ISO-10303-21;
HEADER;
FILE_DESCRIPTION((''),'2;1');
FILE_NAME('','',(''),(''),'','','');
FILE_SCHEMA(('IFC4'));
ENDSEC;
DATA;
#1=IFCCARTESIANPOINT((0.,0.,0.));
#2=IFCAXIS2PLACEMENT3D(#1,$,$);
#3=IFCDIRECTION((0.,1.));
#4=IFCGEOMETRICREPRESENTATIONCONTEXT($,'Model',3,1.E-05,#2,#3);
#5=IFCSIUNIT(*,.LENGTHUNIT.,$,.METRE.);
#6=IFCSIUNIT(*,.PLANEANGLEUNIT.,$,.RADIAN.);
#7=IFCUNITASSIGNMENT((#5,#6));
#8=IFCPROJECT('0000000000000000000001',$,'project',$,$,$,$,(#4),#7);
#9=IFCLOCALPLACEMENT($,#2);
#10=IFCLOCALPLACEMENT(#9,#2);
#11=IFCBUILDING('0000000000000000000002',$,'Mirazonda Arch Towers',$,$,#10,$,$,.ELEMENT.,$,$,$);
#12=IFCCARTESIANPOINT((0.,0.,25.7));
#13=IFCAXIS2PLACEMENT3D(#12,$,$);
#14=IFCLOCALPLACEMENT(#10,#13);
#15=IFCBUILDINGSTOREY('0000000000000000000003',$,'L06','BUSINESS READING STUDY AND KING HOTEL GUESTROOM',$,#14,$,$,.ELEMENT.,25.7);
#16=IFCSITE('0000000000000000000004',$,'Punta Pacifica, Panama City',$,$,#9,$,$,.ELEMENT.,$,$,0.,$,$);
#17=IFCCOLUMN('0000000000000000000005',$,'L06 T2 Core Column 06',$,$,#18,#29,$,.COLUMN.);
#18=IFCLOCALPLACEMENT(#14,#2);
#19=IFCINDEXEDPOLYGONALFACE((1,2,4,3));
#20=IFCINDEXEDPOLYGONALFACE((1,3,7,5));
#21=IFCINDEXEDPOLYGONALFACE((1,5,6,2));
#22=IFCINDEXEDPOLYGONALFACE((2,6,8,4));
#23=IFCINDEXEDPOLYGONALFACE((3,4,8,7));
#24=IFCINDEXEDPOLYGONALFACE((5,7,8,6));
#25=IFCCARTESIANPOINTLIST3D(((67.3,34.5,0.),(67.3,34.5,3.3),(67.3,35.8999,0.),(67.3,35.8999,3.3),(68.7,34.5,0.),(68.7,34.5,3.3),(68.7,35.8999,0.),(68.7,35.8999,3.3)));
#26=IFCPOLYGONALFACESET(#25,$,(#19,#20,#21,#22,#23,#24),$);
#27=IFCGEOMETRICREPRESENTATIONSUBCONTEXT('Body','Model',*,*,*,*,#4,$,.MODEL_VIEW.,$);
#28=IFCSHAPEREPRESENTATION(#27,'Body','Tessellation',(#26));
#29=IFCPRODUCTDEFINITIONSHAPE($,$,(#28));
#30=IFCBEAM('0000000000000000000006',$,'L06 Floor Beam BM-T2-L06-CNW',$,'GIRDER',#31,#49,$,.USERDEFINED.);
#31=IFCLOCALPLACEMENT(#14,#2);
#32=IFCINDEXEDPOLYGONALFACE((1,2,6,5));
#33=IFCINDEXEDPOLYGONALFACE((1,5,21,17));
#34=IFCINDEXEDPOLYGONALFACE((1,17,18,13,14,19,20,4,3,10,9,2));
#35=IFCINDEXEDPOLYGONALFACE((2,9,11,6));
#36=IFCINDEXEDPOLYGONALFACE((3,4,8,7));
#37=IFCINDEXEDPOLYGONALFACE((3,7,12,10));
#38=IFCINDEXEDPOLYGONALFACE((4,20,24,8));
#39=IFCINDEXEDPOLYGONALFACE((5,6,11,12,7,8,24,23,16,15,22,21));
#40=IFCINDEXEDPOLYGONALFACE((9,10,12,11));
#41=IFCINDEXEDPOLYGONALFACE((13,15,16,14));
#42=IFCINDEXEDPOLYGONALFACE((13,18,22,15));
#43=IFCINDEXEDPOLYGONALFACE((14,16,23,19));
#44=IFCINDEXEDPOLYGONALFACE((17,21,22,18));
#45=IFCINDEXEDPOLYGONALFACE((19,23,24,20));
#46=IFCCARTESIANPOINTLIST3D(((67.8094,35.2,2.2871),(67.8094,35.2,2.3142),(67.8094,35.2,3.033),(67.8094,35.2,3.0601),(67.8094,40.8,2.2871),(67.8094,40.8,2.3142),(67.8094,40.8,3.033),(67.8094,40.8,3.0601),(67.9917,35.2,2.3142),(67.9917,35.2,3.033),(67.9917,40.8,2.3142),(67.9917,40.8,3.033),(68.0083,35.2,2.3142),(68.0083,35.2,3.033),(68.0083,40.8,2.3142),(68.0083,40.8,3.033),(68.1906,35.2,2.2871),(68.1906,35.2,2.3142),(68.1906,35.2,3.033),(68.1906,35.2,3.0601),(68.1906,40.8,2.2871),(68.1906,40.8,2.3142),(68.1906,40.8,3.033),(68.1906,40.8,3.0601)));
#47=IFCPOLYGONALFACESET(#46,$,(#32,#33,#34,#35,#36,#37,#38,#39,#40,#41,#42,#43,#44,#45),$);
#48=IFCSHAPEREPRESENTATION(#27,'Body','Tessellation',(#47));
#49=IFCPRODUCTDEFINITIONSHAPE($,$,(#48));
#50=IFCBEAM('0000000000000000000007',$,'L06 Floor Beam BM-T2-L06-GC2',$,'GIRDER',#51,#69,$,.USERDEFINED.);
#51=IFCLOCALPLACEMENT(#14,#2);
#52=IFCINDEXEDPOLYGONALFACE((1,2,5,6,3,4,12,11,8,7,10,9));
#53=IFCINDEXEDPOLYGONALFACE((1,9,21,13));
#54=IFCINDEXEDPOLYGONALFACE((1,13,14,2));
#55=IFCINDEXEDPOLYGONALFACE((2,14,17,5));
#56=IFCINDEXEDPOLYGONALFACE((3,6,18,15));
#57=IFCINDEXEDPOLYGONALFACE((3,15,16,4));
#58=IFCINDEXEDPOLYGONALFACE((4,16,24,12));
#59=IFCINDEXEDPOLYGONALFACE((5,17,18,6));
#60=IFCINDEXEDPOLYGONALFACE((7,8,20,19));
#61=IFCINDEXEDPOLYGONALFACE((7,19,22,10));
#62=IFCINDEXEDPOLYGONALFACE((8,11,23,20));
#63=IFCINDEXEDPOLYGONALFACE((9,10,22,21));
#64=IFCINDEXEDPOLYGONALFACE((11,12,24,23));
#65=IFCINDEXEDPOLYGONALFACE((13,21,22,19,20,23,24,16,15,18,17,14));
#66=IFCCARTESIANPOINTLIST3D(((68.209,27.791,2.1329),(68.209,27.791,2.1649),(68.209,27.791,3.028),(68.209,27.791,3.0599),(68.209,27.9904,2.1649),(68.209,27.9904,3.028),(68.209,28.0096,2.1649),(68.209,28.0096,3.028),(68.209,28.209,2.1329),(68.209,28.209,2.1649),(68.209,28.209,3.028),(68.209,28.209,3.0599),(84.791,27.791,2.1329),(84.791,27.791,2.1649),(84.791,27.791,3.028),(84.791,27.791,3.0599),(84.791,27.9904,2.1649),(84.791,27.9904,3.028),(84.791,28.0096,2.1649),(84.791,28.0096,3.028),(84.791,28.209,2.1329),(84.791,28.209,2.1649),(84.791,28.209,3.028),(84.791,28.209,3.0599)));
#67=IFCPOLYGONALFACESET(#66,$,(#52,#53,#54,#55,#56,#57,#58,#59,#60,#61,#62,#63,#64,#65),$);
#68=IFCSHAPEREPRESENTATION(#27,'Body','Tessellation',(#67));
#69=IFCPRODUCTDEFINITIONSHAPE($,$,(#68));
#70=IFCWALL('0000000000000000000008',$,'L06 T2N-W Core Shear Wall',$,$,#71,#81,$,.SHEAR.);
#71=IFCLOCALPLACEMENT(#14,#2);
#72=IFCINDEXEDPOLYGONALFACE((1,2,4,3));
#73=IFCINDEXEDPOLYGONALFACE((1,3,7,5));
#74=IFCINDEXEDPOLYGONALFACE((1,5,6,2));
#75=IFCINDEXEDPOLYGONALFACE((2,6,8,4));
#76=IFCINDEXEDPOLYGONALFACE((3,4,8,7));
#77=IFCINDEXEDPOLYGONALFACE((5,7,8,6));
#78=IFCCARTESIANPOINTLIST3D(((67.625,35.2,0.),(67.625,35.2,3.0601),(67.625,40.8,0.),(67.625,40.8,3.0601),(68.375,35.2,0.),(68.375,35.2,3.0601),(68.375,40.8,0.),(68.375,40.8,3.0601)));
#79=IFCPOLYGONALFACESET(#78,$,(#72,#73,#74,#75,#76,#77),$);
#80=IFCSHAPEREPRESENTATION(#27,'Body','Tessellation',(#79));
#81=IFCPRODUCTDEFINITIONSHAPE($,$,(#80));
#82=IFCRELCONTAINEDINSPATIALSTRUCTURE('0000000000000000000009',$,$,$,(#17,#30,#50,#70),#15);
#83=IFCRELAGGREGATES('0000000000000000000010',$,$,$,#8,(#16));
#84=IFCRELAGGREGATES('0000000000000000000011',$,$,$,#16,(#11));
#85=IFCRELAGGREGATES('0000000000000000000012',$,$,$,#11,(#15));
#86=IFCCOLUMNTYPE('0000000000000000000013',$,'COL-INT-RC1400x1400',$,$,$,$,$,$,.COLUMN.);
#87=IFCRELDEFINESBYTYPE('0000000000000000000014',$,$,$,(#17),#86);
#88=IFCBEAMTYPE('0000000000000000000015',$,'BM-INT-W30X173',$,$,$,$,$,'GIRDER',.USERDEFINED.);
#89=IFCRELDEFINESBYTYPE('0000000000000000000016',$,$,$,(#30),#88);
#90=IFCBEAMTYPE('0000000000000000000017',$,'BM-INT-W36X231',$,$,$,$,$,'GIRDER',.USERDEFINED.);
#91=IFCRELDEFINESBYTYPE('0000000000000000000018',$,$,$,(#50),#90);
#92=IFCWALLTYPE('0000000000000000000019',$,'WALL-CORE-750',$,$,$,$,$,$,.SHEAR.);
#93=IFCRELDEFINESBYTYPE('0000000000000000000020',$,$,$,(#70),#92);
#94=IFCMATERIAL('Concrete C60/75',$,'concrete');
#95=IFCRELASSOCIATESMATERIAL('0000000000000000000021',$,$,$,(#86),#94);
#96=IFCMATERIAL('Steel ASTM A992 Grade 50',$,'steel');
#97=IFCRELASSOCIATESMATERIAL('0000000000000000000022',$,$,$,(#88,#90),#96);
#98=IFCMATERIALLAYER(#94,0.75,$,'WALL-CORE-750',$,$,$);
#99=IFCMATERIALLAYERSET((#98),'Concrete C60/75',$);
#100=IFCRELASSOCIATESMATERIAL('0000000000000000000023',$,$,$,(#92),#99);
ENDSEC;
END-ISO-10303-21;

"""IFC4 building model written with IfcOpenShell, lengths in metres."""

from ifc_helpers import new_model, si_unit, direction, frame, frame_2d, origin, origin_2d, place, context, subcontext, project, spatial, rectangle, i_section, extrude, material, layer, layer_set, material_profile, profile_set, type_object, element, save


model = new_model("IFC4")

# Units and contexts
model_context = context("Model", 3, precision=1e-05, world=origin(), true_north=direction((0.0, 1.0)))
body_context = subcontext(model_context, "Body", "Model", "MODEL_VIEW")
ifc_project = project(units=[si_unit("LENGTHUNIT", "METRE"), si_unit("PLANEANGLEUNIT", "RADIAN")], contexts=[model_context])

# Site, building, storey
site_placement = place(None, origin())
site = spatial("IfcSite", under=ifc_project, at=site_placement, Name="Punta Pacifica, Panama City", CompositionType="ELEMENT", RefElevation=0.0)
building_placement = place(site_placement, origin())
building = spatial("IfcBuilding", under=site, at=building_placement, Name="Mirazonda Arch Towers", CompositionType="ELEMENT")
storey_placement = place(building_placement, frame((0.0, 0.0, 25.7)))
storey = spatial("IfcBuildingStorey", under=building, at=storey_placement, Name="L06", Description="BUSINESS READING STUDY AND KING HOTEL GUESTROOM", CompositionType="ELEMENT", Elevation=25.7)

# Column
ifc_material_1 = material(Name="Concrete C60/75", Category="concrete")
ifc_material_profile_1 = material_profile(ifc_material_1, rectangle(XDim=1.3999, YDim=1.3999, at=origin_2d()), Name="RC1400x1400")
ifc_profile_set_1 = profile_set([ifc_material_profile_1], Name="Concrete C60/75")
column_type = type_object("IfcColumnType", Name="COL-INT-RC1400x1400", PredefinedType="COLUMN", material=ifc_profile_set_1)
column_placement = place(storey_placement, frame((68.0, 35.2, 0.0), z_axis=(0.0, 0.0, 1.0), x_axis=(1.0, 0.0, 0.0)))
element("IfcColumn", 1, at=column_placement, inside=storey, type_object=column_type, Name="L06 T2 Core Column 06", PredefinedType="COLUMN", context=body_context, shape_type="SweptSolid", body=[
    extrude(rectangle(XDim=1.3999, YDim=1.3999, at=origin_2d()), origin(), (0.0, 0.0, 1.0), 3.3),
])

# Beams
ifc_material_2 = material(Name="Steel ASTM A992 Grade 50", Category="steel")
ifc_material_profile_2 = material_profile(ifc_material_2, i_section(OverallWidth=0.3811, OverallDepth=0.7729, WebThickness=0.0166, FlangeThickness=0.0271, at=origin_2d()), Name="W30X173")
ifc_profile_set_2 = profile_set([ifc_material_profile_2], Name="Steel ASTM A992 Grade 50")
beam_type_1 = type_object("IfcBeamType", Name="BM-INT-W30X173", ElementType="GIRDER", PredefinedType="USERDEFINED", material=ifc_profile_set_2)
beam_1_placement = place(storey_placement, frame((68.0, 35.2, 2.6736), z_axis=(0.0, 1.0, 0.0), x_axis=(-1.0, 0.0, 0.0)))
element("IfcBeam", 2, at=beam_1_placement, inside=storey, type_object=beam_type_1, Name="L06 Floor Beam BM-T2-L06-CNW", ObjectType="GIRDER", PredefinedType="USERDEFINED", context=body_context, shape_type="SweptSolid", body=[
    extrude(i_section(OverallWidth=0.3811, OverallDepth=0.7729, WebThickness=0.0166, FlangeThickness=0.0271, at=origin_2d()), origin(), (0.0, 0.0, 1.0), 5.6001),
])
ifc_material_profile_3 = material_profile(ifc_material_2, i_section(OverallWidth=0.418, OverallDepth=0.927, WebThickness=0.0193, FlangeThickness=0.032, at=origin_2d()), Name="W36X231")
ifc_profile_set_3 = profile_set([ifc_material_profile_3], Name="Steel ASTM A992 Grade 50")
beam_type_2 = type_object("IfcBeamType", Name="BM-INT-W36X231", ElementType="GIRDER", PredefinedType="USERDEFINED", material=ifc_profile_set_3)
beam_2_placement = place(storey_placement, frame((68.209, 28.0, 2.5964), z_axis=(1.0, 0.0, 0.0), x_axis=(0.0, 1.0, 0.0)))
element("IfcBeam", 3, at=beam_2_placement, inside=storey, type_object=beam_type_2, Name="L06 Floor Beam BM-T2-L06-GC2", ObjectType="GIRDER", PredefinedType="USERDEFINED", context=body_context, shape_type="SweptSolid", body=[
    extrude(i_section(OverallWidth=0.418, OverallDepth=0.927, WebThickness=0.0193, FlangeThickness=0.032, at=origin_2d()), origin(), (0.0, 0.0, 1.0), 16.582),
])

# Wall
ifc_layer_1 = layer(ifc_material_1, 0.75, Name="WALL-CORE-750")
ifc_layer_set_1 = layer_set([ifc_layer_1], Name="Concrete C60/75")
wall_type_1 = type_object("IfcWallType", Name="WALL-CORE-750", PredefinedType="SHEAR", material=ifc_layer_set_1)
wall_1_placement = place(storey_placement, frame((68.0, 35.2, 0.0), z_axis=(0.0, 0.0, 1.0), x_axis=(0.0, 1.0, 0.0)))
element("IfcWall", 4, at=wall_1_placement, inside=storey, type_object=wall_type_1, Name="L06 T2N-W Core Shear Wall", PredefinedType="SHEAR", context=body_context, shape_type="SweptSolid", body=[
    extrude(rectangle(XDim=5.6001, YDim=0.75, at=frame_2d((2.8, 0.0))), origin(), (0.0, 0.0, 1.0), 3.0601),
])

save(model, "model.ifc")
